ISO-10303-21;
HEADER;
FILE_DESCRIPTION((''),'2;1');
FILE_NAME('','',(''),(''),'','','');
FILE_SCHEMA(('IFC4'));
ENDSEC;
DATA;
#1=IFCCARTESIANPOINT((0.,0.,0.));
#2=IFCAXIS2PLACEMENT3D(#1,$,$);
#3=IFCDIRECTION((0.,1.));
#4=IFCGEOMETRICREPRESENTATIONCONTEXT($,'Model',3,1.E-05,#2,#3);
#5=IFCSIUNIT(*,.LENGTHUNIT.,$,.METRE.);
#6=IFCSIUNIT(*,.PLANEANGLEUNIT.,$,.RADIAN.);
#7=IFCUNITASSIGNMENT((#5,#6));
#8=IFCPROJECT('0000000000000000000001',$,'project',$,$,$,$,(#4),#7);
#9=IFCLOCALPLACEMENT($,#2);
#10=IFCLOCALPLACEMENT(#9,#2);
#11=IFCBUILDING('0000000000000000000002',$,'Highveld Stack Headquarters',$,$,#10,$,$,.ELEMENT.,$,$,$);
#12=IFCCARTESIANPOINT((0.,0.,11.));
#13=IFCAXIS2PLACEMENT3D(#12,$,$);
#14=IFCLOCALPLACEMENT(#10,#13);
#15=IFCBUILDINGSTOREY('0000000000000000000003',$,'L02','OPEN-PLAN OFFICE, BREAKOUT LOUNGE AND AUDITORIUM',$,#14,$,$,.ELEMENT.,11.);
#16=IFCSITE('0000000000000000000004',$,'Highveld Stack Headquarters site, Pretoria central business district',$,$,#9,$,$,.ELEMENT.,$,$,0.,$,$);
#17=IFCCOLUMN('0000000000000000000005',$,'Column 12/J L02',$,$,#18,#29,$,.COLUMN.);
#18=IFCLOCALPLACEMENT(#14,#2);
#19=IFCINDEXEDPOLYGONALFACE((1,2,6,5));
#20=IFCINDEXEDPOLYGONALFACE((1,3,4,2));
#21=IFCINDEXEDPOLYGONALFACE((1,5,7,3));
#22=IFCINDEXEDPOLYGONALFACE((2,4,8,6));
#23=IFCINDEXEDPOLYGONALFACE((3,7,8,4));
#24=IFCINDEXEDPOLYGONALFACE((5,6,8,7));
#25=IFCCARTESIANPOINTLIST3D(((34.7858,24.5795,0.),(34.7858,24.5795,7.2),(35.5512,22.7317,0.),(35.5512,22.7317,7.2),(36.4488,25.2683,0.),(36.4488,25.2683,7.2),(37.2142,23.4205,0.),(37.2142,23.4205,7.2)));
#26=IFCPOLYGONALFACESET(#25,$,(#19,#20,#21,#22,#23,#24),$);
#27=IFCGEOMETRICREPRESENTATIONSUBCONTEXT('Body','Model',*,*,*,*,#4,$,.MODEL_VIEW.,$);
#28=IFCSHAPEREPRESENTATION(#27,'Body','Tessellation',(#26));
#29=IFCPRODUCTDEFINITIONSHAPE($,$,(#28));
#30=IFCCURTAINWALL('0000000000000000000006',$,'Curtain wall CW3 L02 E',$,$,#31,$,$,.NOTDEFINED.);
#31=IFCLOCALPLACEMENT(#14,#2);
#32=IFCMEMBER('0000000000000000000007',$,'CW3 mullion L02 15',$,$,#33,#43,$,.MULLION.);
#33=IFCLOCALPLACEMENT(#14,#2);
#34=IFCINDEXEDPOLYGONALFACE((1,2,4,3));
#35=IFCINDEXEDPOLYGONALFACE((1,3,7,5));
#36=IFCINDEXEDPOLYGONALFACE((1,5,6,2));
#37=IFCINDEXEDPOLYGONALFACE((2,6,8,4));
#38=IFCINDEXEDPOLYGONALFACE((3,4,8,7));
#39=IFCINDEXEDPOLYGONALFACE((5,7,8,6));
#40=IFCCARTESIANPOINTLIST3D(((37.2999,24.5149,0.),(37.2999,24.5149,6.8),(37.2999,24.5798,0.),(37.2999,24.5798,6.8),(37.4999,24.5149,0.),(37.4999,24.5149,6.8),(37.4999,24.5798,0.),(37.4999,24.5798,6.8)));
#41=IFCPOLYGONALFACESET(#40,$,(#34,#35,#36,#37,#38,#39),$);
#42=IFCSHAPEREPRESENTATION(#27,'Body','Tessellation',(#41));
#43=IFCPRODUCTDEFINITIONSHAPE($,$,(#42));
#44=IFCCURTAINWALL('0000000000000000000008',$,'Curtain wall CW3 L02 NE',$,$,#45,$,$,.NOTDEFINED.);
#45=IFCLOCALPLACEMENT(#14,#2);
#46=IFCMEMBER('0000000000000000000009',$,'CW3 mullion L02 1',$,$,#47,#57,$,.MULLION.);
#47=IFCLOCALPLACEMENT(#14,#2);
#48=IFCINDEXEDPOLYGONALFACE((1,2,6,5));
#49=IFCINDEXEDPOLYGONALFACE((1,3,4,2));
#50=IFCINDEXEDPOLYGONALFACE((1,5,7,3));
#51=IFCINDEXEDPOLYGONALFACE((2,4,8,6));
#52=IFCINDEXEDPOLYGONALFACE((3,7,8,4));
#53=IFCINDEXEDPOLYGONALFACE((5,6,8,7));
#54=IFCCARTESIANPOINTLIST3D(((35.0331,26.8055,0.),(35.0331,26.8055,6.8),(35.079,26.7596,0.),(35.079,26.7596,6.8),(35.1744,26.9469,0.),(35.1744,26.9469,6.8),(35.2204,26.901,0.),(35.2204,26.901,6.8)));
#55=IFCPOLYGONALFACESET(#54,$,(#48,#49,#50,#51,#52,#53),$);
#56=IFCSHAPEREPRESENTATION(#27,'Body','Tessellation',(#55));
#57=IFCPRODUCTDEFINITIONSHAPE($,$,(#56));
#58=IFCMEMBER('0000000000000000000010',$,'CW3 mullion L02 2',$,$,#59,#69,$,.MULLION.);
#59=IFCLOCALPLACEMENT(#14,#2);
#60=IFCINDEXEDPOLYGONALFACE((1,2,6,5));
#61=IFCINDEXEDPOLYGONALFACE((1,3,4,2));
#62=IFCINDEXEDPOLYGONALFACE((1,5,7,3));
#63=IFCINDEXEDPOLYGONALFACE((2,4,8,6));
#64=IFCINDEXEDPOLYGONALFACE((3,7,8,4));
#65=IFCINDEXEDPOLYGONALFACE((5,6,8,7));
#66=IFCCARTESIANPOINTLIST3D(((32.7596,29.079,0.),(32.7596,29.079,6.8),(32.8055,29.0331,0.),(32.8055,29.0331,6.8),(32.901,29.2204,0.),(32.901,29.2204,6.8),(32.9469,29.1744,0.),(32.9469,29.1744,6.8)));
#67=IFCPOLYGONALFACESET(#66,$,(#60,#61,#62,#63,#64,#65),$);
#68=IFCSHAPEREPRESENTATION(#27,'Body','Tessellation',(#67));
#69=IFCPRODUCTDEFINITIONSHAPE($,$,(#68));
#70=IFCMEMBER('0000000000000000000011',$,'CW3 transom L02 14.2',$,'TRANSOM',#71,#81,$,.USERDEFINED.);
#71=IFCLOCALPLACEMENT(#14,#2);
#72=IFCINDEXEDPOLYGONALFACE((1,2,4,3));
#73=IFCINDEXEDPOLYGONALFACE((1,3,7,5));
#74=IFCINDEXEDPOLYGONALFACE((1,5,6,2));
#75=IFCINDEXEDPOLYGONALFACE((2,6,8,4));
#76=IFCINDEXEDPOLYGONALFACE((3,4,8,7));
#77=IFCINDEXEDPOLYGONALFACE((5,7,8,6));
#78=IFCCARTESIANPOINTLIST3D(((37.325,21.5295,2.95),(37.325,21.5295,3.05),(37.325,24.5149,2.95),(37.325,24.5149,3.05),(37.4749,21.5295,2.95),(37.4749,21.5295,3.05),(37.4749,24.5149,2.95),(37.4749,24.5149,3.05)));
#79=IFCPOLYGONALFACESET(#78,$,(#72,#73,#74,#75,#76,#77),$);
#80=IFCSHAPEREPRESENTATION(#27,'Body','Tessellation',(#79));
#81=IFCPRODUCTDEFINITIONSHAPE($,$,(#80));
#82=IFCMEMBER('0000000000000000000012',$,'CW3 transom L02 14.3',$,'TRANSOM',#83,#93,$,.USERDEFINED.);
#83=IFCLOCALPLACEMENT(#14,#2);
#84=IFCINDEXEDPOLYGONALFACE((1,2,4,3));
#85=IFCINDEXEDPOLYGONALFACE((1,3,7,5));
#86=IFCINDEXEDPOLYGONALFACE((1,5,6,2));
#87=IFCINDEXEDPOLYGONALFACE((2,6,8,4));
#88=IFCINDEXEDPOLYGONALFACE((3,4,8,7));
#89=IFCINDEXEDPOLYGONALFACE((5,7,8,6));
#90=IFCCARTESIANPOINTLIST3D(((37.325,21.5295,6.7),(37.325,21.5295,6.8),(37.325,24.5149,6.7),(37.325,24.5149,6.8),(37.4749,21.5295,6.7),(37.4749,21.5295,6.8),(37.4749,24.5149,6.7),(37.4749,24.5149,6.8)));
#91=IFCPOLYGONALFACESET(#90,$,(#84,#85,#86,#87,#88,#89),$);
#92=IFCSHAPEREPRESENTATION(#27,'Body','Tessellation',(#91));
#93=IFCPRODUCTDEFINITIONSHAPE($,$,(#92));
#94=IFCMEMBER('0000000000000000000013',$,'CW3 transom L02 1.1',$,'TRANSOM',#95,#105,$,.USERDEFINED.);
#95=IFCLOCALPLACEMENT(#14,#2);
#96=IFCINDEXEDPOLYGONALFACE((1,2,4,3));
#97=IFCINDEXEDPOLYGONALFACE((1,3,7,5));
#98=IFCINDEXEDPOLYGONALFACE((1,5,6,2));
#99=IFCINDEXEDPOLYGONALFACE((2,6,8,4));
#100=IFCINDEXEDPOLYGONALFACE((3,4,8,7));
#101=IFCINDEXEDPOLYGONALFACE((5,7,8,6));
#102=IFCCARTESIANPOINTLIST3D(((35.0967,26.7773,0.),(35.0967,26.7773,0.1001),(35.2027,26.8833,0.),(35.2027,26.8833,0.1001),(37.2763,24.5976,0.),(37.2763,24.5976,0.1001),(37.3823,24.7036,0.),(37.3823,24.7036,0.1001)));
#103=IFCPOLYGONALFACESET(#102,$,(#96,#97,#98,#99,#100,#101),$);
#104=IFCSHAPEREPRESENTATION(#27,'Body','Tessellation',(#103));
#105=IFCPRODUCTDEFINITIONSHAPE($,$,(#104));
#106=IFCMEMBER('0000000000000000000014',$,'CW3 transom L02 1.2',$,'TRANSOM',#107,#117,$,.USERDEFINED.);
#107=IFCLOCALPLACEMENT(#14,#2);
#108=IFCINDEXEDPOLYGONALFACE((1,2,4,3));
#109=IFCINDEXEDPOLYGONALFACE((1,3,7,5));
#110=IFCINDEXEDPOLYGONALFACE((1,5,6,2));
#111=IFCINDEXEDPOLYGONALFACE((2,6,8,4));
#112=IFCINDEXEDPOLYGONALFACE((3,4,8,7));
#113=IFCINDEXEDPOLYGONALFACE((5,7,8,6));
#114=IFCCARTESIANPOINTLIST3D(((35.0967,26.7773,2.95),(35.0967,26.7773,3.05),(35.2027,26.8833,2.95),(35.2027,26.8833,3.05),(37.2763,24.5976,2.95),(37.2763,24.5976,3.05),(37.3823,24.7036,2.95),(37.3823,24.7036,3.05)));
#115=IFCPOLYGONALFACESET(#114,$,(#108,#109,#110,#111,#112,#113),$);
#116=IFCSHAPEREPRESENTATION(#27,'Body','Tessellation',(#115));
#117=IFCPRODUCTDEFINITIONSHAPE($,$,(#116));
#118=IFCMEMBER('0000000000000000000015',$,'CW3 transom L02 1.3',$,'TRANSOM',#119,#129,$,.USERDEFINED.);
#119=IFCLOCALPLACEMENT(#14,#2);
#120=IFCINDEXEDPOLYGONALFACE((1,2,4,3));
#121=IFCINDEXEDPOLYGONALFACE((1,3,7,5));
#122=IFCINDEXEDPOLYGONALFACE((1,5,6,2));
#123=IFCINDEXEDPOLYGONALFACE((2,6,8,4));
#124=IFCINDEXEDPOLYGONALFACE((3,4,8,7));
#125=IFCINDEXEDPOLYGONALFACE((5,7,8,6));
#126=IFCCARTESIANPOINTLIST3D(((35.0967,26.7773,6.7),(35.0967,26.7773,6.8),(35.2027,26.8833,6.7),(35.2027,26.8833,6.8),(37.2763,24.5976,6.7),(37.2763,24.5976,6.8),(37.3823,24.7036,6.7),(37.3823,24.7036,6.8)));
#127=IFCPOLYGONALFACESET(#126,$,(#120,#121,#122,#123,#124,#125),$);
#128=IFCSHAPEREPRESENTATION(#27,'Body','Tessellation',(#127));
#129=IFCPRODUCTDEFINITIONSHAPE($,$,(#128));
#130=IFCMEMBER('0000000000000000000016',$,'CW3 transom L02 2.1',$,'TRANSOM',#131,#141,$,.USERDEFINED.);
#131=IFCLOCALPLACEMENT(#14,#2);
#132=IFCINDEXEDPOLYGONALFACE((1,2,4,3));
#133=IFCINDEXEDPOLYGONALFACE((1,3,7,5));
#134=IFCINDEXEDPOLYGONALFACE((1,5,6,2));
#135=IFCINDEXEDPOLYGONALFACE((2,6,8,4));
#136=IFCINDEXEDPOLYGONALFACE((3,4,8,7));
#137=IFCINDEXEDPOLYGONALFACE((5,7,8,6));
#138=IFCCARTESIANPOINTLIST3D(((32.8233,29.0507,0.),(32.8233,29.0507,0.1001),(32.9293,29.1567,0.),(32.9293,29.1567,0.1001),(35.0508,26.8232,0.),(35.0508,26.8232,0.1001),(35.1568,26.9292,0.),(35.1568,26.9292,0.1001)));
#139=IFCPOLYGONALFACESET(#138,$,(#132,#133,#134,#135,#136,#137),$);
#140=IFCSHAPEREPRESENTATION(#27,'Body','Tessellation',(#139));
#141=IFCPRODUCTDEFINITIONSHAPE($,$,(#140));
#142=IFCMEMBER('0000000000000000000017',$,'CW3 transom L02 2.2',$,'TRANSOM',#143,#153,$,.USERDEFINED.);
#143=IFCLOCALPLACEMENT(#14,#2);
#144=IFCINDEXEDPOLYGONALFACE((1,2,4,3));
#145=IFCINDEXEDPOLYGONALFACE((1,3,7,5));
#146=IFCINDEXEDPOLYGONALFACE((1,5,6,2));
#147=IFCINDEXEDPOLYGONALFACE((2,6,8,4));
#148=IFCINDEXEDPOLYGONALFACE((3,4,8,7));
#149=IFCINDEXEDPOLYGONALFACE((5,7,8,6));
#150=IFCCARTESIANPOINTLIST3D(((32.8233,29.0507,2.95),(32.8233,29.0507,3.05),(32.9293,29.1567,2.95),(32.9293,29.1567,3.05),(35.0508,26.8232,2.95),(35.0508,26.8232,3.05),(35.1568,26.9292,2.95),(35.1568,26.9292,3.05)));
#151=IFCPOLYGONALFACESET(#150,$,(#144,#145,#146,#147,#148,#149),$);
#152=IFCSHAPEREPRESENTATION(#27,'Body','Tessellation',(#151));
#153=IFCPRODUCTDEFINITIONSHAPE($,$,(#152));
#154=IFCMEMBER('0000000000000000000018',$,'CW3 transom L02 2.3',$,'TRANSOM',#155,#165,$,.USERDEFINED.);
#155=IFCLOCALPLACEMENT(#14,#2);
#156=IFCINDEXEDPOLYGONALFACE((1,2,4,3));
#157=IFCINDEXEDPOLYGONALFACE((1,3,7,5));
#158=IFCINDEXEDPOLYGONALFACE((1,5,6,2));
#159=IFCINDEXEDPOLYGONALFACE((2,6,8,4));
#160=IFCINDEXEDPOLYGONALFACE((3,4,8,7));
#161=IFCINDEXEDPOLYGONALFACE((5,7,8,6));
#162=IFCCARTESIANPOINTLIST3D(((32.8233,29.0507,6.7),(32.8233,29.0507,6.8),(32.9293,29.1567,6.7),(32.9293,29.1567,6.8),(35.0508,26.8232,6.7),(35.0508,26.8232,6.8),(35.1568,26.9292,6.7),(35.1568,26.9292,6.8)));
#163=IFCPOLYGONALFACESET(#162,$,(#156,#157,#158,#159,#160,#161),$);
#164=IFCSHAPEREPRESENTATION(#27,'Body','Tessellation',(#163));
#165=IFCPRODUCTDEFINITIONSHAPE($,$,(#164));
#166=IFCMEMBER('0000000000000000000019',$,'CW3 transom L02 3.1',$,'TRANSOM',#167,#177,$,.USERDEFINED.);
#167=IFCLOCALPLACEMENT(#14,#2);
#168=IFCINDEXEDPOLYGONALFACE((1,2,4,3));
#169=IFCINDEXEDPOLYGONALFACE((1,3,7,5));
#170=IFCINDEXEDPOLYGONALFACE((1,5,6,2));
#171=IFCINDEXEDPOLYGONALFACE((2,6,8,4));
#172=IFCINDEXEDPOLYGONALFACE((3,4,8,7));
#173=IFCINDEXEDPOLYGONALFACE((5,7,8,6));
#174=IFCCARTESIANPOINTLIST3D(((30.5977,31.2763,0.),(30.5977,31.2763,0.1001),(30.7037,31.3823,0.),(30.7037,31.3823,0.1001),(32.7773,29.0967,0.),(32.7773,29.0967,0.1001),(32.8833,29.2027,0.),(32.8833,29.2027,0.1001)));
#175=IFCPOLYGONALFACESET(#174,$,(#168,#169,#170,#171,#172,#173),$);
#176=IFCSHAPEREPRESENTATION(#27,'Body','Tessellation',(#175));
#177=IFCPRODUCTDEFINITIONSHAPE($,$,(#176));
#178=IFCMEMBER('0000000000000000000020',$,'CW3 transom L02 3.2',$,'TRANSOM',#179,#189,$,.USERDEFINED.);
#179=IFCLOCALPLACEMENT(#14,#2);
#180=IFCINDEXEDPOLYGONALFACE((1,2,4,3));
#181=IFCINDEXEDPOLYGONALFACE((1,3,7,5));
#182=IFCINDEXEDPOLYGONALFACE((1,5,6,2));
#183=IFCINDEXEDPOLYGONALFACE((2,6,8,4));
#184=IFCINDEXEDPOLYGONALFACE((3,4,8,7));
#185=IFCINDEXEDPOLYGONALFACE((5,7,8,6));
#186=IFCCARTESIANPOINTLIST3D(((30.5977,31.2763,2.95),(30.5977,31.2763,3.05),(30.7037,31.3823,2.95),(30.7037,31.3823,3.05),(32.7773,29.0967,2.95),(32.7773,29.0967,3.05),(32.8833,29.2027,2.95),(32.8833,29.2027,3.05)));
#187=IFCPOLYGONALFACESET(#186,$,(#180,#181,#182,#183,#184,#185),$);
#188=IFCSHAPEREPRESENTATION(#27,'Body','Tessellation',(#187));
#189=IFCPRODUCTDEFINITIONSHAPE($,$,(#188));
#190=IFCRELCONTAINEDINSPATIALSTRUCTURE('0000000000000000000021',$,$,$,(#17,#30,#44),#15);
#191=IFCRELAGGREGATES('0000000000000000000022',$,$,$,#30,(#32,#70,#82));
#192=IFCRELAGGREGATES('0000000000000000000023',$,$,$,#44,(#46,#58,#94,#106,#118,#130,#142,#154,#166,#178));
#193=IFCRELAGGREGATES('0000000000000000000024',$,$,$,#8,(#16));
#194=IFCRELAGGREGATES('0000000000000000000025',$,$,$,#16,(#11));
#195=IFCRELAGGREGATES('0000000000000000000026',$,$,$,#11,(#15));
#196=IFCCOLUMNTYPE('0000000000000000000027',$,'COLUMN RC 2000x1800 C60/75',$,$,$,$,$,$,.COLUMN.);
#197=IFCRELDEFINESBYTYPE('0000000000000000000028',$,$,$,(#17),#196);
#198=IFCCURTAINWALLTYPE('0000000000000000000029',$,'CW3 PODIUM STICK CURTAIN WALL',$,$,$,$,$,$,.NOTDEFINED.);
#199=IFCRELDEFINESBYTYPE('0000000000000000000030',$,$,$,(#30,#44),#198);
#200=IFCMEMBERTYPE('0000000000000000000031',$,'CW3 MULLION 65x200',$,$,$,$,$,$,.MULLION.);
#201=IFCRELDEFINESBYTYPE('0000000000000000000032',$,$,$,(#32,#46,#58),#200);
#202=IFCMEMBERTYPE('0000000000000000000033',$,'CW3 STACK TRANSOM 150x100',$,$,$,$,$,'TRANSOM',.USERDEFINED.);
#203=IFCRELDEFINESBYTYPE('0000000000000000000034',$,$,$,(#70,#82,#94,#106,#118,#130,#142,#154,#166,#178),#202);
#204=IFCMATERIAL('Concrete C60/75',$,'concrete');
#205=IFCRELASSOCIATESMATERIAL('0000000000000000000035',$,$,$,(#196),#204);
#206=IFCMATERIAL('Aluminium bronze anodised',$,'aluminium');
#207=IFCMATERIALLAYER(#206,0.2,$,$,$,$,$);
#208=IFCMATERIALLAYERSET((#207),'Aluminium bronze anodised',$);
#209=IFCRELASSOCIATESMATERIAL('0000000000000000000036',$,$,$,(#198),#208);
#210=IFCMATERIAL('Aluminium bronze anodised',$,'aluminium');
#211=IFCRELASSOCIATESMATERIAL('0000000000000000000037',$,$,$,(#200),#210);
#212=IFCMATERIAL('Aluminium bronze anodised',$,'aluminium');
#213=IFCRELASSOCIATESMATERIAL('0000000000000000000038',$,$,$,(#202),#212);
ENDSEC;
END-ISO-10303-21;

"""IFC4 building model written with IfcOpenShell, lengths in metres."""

from ifc_helpers import new_model, si_unit, direction, frame, origin, origin_2d, place, context, subcontext, project, spatial, rectangle, extrude, material, layer, layer_set, material_profile, profile_set, type_object, element, aggregate, save


model = new_model("IFC4")

# Units and contexts
model_context = context("Model", 3, precision=1e-05, world=origin(), true_north=direction((0.0, 1.0)))
body_context = subcontext(model_context, "Body", "Model", "MODEL_VIEW")
ifc_project = project(units=[si_unit("LENGTHUNIT", "METRE"), si_unit("PLANEANGLEUNIT", "RADIAN")], contexts=[model_context])

# Site, building, storey
site_placement = place(None, origin())
site = spatial("IfcSite", under=ifc_project, at=site_placement, Name="Highveld Stack Headquarters site, Pretoria central business district", CompositionType="ELEMENT", RefElevation=0.0)
building_placement = place(site_placement, origin())
building = spatial("IfcBuilding", under=site, at=building_placement, Name="Highveld Stack Headquarters", CompositionType="ELEMENT")
storey_placement = place(building_placement, frame((0.0, 0.0, 11.0)))
storey = spatial("IfcBuildingStorey", under=building, at=storey_placement, Name="L02", Description="OPEN-PLAN OFFICE, BREAKOUT LOUNGE AND AUDITORIUM", CompositionType="ELEMENT", Elevation=11.0)

# Column
ifc_material_1 = material(Name="Concrete C60/75", Category="concrete")
ifc_material_profile_1 = material_profile(ifc_material_1, rectangle(XDim=2.0, YDim=1.8, at=origin_2d()), Name="RC 2000x1800")
ifc_profile_set_1 = profile_set([ifc_material_profile_1], Name="Concrete C60/75")
column_type = type_object("IfcColumnType", Name="COLUMN RC 2000x1800 C60/75", PredefinedType="COLUMN", material=ifc_profile_set_1)
column_placement = place(storey_placement, frame((36.0, 24.0, 0.0), z_axis=(0.0, 0.0, 1.0), x_axis=(0.382683, -0.92388, 0.0)))
element("IfcColumn", 1, at=column_placement, inside=storey, type_object=column_type, Name="Column 12/J L02", PredefinedType="COLUMN", context=body_context, shape_type="SweptSolid", body=[
    extrude(rectangle(XDim=2.0, YDim=1.8, at=origin_2d()), origin(), (0.0, 0.0, 1.0), 7.2),
])

# Curtain wall, member
ifc_material_2 = material(Name="Aluminium bronze anodised", Category="aluminium")
ifc_layer_1 = layer(ifc_material_2, 0.2)
ifc_layer_set_1 = layer_set([ifc_layer_1], Name="Aluminium bronze anodised")
curtain_wall_type = type_object("IfcCurtainWallType", Name="CW3 PODIUM STICK CURTAIN WALL", PredefinedType="NOTDEFINED", material=ifc_layer_set_1)
curtain_wall_1_placement = place(storey_placement, origin())
curtain_wall_1 = element("IfcCurtainWall", 2, at=curtain_wall_1_placement, inside=storey, type_object=curtain_wall_type, Name="Curtain wall CW3 L02 E", PredefinedType="NOTDEFINED")
ifc_material_3 = material(Name="Aluminium bronze anodised", Category="aluminium")
ifc_material_profile_2 = material_profile(ifc_material_3, rectangle(XDim=0.2, YDim=0.0649, at=origin_2d()), Name="CW3 MULLION 65x200")
ifc_profile_set_2 = profile_set([ifc_material_profile_2], Name="Aluminium bronze anodised")
member_type_1 = type_object("IfcMemberType", Name="CW3 MULLION 65x200", PredefinedType="MULLION", material=ifc_profile_set_2)
member_1_placement = place(storey_placement, frame((37.3999, 24.5474, 0.0), z_axis=(0.0, 0.0, 1.0), x_axis=(-1.0, 0.0, 0.0)))
member_1 = element("IfcMember", 3, at=member_1_placement, type_object=member_type_1, Name="CW3 mullion L02 15", PredefinedType="MULLION", context=body_context, shape_type="SweptSolid", body=[
    extrude(rectangle(XDim=0.2, YDim=0.0649, at=origin_2d()), origin(), (0.0, 0.0, 1.0), 6.8),
])

# Curtain wall, members
curtain_wall_2_placement = place(storey_placement, origin())
curtain_wall_2 = element("IfcCurtainWall", 4, at=curtain_wall_2_placement, inside=storey, type_object=curtain_wall_type, Name="Curtain wall CW3 L02 NE", PredefinedType="NOTDEFINED")
member_2_placement = place(storey_placement, frame((35.1267, 26.8533, 0.0), z_axis=(0.0, 0.0, 1.0), x_axis=(-0.707107, -0.707107, 0.0)))
member_2 = element("IfcMember", 5, at=member_2_placement, type_object=member_type_1, Name="CW3 mullion L02 1", PredefinedType="MULLION", context=body_context, shape_type="SweptSolid", body=[
    extrude(rectangle(XDim=0.2, YDim=0.0649, at=origin_2d()), origin(), (0.0, 0.0, 1.0), 6.8),
])
member_3_placement = place(storey_placement, frame((32.8533, 29.1267, 0.0), z_axis=(0.0, 0.0, 1.0), x_axis=(-0.707107, -0.707107, 0.0)))
member_3 = element("IfcMember", 6, at=member_3_placement, type_object=member_type_1, Name="CW3 mullion L02 2", PredefinedType="MULLION", context=body_context, shape_type="SweptSolid", body=[
    extrude(rectangle(XDim=0.2, YDim=0.0649, at=origin_2d()), origin(), (0.0, 0.0, 1.0), 6.8),
])

# Members
ifc_material_4 = material(Name="Aluminium bronze anodised", Category="aluminium")
ifc_material_profile_3 = material_profile(ifc_material_4, rectangle(XDim=0.1499, YDim=0.1001, at=origin_2d()), Name="CW3 TRANSOM 150x100")
ifc_profile_set_3 = profile_set([ifc_material_profile_3], Name="Aluminium bronze anodised")
member_type_2 = type_object("IfcMemberType", Name="CW3 STACK TRANSOM 150x100", ElementType="TRANSOM", PredefinedType="USERDEFINED", material=ifc_profile_set_3)
member_4_placement = place(storey_placement, frame((37.3999, 21.5295, 3.0), z_axis=(0.0, 1.0, 0.0), x_axis=(-1.0, 0.0, 0.0)))
member_4 = element("IfcMember", 7, at=member_4_placement, type_object=member_type_2, Name="CW3 transom L02 14.2", ObjectType="TRANSOM", PredefinedType="USERDEFINED", context=body_context, shape_type="SweptSolid", body=[
    extrude(rectangle(XDim=0.1499, YDim=0.1001, at=origin_2d()), origin(), (0.0, 0.0, 1.0), 2.9854),
])
member_5_placement = place(storey_placement, frame((37.3999, 21.5295, 6.75), z_axis=(0.0, 1.0, 0.0), x_axis=(-1.0, 0.0, 0.0)))
member_5 = element("IfcMember", 8, at=member_5_placement, type_object=member_type_2, Name="CW3 transom L02 14.3", ObjectType="TRANSOM", PredefinedType="USERDEFINED", context=body_context, shape_type="SweptSolid", body=[
    extrude(rectangle(XDim=0.1499, YDim=0.1001, at=origin_2d()), origin(), (0.0, 0.0, 1.0), 2.9854),
])
member_6_placement = place(storey_placement, frame((37.3293, 24.6506, 0.05), z_axis=(-0.707107, 0.707107, 0.0), x_axis=(-0.707107, -0.707107, 0.0)))
member_6 = element("IfcMember", 9, at=member_6_placement, type_object=member_type_2, Name="CW3 transom L02 1.1", ObjectType="TRANSOM", PredefinedType="USERDEFINED", context=body_context, shape_type="SweptSolid", body=[
    extrude(rectangle(XDim=0.1499, YDim=0.1001, at=origin_2d()), origin(), (0.0, 0.0, 1.0), 3.0825),
])
member_7_placement = place(storey_placement, frame((37.3293, 24.6506, 3.0), z_axis=(-0.707107, 0.707107, 0.0), x_axis=(-0.707107, -0.707107, 0.0)))
member_7 = element("IfcMember", 10, at=member_7_placement, type_object=member_type_2, Name="CW3 transom L02 1.2", ObjectType="TRANSOM", PredefinedType="USERDEFINED", context=body_context, shape_type="SweptSolid", body=[
    extrude(rectangle(XDim=0.1499, YDim=0.1001, at=origin_2d()), origin(), (0.0, 0.0, 1.0), 3.0825),
])
member_8_placement = place(storey_placement, frame((37.3293, 24.6506, 6.75), z_axis=(-0.707107, 0.707107, 0.0), x_axis=(-0.707107, -0.707107, 0.0)))
member_8 = element("IfcMember", 11, at=member_8_placement, type_object=member_type_2, Name="CW3 transom L02 1.3", ObjectType="TRANSOM", PredefinedType="USERDEFINED", context=body_context, shape_type="SweptSolid", body=[
    extrude(rectangle(XDim=0.1499, YDim=0.1001, at=origin_2d()), origin(), (0.0, 0.0, 1.0), 3.0825),
])
member_9_placement = place(storey_placement, frame((35.1038, 26.8762, 0.05), z_axis=(-0.707107, 0.707107, 0.0), x_axis=(-0.707107, -0.707107, 0.0)))
member_9 = element("IfcMember", 12, at=member_9_placement, type_object=member_type_2, Name="CW3 transom L02 2.1", ObjectType="TRANSOM", PredefinedType="USERDEFINED", context=body_context, shape_type="SweptSolid", body=[
    extrude(rectangle(XDim=0.1499, YDim=0.1001, at=origin_2d()), origin(), (0.0, 0.0, 1.0), 3.1501),
])
member_10_placement = place(storey_placement, frame((35.1038, 26.8762, 3.0), z_axis=(-0.707107, 0.707107, 0.0), x_axis=(-0.707107, -0.707107, 0.0)))
member_10 = element("IfcMember", 13, at=member_10_placement, type_object=member_type_2, Name="CW3 transom L02 2.2", ObjectType="TRANSOM", PredefinedType="USERDEFINED", context=body_context, shape_type="SweptSolid", body=[
    extrude(rectangle(XDim=0.1499, YDim=0.1001, at=origin_2d()), origin(), (0.0, 0.0, 1.0), 3.1501),
])
member_11_placement = place(storey_placement, frame((35.1038, 26.8762, 6.75), z_axis=(-0.707107, 0.707107, 0.0), x_axis=(-0.707107, -0.707107, 0.0)))
member_11 = element("IfcMember", 14, at=member_11_placement, type_object=member_type_2, Name="CW3 transom L02 2.3", ObjectType="TRANSOM", PredefinedType="USERDEFINED", context=body_context, shape_type="SweptSolid", body=[
    extrude(rectangle(XDim=0.1499, YDim=0.1001, at=origin_2d()), origin(), (0.0, 0.0, 1.0), 3.1501),
])
member_12_placement = place(storey_placement, frame((32.8303, 29.1497, 0.05), z_axis=(-0.707107, 0.707107, 0.0), x_axis=(-0.707107, -0.707107, 0.0)))
member_12 = element("IfcMember", 15, at=member_12_placement, type_object=member_type_2, Name="CW3 transom L02 3.1", ObjectType="TRANSOM", PredefinedType="USERDEFINED", context=body_context, shape_type="SweptSolid", body=[
    extrude(rectangle(XDim=0.1499, YDim=0.1001, at=origin_2d()), origin(), (0.0, 0.0, 1.0), 3.0825),
])
member_13_placement = place(storey_placement, frame((32.8303, 29.1497, 3.0), z_axis=(-0.707107, 0.707107, 0.0), x_axis=(-0.707107, -0.707107, 0.0)))
member_13 = element("IfcMember", 16, at=member_13_placement, type_object=member_type_2, Name="CW3 transom L02 3.2", ObjectType="TRANSOM", PredefinedType="USERDEFINED", context=body_context, shape_type="SweptSolid", body=[
    extrude(rectangle(XDim=0.1499, YDim=0.1001, at=origin_2d()), origin(), (0.0, 0.0, 1.0), 3.0825),
])

aggregate(curtain_wall_1, [member_1, member_4, member_5])
aggregate(curtain_wall_2, [member_2, member_3, member_6, member_7, member_8, member_9, member_10, member_11, member_12, member_13])

save(model, "model.ifc")
